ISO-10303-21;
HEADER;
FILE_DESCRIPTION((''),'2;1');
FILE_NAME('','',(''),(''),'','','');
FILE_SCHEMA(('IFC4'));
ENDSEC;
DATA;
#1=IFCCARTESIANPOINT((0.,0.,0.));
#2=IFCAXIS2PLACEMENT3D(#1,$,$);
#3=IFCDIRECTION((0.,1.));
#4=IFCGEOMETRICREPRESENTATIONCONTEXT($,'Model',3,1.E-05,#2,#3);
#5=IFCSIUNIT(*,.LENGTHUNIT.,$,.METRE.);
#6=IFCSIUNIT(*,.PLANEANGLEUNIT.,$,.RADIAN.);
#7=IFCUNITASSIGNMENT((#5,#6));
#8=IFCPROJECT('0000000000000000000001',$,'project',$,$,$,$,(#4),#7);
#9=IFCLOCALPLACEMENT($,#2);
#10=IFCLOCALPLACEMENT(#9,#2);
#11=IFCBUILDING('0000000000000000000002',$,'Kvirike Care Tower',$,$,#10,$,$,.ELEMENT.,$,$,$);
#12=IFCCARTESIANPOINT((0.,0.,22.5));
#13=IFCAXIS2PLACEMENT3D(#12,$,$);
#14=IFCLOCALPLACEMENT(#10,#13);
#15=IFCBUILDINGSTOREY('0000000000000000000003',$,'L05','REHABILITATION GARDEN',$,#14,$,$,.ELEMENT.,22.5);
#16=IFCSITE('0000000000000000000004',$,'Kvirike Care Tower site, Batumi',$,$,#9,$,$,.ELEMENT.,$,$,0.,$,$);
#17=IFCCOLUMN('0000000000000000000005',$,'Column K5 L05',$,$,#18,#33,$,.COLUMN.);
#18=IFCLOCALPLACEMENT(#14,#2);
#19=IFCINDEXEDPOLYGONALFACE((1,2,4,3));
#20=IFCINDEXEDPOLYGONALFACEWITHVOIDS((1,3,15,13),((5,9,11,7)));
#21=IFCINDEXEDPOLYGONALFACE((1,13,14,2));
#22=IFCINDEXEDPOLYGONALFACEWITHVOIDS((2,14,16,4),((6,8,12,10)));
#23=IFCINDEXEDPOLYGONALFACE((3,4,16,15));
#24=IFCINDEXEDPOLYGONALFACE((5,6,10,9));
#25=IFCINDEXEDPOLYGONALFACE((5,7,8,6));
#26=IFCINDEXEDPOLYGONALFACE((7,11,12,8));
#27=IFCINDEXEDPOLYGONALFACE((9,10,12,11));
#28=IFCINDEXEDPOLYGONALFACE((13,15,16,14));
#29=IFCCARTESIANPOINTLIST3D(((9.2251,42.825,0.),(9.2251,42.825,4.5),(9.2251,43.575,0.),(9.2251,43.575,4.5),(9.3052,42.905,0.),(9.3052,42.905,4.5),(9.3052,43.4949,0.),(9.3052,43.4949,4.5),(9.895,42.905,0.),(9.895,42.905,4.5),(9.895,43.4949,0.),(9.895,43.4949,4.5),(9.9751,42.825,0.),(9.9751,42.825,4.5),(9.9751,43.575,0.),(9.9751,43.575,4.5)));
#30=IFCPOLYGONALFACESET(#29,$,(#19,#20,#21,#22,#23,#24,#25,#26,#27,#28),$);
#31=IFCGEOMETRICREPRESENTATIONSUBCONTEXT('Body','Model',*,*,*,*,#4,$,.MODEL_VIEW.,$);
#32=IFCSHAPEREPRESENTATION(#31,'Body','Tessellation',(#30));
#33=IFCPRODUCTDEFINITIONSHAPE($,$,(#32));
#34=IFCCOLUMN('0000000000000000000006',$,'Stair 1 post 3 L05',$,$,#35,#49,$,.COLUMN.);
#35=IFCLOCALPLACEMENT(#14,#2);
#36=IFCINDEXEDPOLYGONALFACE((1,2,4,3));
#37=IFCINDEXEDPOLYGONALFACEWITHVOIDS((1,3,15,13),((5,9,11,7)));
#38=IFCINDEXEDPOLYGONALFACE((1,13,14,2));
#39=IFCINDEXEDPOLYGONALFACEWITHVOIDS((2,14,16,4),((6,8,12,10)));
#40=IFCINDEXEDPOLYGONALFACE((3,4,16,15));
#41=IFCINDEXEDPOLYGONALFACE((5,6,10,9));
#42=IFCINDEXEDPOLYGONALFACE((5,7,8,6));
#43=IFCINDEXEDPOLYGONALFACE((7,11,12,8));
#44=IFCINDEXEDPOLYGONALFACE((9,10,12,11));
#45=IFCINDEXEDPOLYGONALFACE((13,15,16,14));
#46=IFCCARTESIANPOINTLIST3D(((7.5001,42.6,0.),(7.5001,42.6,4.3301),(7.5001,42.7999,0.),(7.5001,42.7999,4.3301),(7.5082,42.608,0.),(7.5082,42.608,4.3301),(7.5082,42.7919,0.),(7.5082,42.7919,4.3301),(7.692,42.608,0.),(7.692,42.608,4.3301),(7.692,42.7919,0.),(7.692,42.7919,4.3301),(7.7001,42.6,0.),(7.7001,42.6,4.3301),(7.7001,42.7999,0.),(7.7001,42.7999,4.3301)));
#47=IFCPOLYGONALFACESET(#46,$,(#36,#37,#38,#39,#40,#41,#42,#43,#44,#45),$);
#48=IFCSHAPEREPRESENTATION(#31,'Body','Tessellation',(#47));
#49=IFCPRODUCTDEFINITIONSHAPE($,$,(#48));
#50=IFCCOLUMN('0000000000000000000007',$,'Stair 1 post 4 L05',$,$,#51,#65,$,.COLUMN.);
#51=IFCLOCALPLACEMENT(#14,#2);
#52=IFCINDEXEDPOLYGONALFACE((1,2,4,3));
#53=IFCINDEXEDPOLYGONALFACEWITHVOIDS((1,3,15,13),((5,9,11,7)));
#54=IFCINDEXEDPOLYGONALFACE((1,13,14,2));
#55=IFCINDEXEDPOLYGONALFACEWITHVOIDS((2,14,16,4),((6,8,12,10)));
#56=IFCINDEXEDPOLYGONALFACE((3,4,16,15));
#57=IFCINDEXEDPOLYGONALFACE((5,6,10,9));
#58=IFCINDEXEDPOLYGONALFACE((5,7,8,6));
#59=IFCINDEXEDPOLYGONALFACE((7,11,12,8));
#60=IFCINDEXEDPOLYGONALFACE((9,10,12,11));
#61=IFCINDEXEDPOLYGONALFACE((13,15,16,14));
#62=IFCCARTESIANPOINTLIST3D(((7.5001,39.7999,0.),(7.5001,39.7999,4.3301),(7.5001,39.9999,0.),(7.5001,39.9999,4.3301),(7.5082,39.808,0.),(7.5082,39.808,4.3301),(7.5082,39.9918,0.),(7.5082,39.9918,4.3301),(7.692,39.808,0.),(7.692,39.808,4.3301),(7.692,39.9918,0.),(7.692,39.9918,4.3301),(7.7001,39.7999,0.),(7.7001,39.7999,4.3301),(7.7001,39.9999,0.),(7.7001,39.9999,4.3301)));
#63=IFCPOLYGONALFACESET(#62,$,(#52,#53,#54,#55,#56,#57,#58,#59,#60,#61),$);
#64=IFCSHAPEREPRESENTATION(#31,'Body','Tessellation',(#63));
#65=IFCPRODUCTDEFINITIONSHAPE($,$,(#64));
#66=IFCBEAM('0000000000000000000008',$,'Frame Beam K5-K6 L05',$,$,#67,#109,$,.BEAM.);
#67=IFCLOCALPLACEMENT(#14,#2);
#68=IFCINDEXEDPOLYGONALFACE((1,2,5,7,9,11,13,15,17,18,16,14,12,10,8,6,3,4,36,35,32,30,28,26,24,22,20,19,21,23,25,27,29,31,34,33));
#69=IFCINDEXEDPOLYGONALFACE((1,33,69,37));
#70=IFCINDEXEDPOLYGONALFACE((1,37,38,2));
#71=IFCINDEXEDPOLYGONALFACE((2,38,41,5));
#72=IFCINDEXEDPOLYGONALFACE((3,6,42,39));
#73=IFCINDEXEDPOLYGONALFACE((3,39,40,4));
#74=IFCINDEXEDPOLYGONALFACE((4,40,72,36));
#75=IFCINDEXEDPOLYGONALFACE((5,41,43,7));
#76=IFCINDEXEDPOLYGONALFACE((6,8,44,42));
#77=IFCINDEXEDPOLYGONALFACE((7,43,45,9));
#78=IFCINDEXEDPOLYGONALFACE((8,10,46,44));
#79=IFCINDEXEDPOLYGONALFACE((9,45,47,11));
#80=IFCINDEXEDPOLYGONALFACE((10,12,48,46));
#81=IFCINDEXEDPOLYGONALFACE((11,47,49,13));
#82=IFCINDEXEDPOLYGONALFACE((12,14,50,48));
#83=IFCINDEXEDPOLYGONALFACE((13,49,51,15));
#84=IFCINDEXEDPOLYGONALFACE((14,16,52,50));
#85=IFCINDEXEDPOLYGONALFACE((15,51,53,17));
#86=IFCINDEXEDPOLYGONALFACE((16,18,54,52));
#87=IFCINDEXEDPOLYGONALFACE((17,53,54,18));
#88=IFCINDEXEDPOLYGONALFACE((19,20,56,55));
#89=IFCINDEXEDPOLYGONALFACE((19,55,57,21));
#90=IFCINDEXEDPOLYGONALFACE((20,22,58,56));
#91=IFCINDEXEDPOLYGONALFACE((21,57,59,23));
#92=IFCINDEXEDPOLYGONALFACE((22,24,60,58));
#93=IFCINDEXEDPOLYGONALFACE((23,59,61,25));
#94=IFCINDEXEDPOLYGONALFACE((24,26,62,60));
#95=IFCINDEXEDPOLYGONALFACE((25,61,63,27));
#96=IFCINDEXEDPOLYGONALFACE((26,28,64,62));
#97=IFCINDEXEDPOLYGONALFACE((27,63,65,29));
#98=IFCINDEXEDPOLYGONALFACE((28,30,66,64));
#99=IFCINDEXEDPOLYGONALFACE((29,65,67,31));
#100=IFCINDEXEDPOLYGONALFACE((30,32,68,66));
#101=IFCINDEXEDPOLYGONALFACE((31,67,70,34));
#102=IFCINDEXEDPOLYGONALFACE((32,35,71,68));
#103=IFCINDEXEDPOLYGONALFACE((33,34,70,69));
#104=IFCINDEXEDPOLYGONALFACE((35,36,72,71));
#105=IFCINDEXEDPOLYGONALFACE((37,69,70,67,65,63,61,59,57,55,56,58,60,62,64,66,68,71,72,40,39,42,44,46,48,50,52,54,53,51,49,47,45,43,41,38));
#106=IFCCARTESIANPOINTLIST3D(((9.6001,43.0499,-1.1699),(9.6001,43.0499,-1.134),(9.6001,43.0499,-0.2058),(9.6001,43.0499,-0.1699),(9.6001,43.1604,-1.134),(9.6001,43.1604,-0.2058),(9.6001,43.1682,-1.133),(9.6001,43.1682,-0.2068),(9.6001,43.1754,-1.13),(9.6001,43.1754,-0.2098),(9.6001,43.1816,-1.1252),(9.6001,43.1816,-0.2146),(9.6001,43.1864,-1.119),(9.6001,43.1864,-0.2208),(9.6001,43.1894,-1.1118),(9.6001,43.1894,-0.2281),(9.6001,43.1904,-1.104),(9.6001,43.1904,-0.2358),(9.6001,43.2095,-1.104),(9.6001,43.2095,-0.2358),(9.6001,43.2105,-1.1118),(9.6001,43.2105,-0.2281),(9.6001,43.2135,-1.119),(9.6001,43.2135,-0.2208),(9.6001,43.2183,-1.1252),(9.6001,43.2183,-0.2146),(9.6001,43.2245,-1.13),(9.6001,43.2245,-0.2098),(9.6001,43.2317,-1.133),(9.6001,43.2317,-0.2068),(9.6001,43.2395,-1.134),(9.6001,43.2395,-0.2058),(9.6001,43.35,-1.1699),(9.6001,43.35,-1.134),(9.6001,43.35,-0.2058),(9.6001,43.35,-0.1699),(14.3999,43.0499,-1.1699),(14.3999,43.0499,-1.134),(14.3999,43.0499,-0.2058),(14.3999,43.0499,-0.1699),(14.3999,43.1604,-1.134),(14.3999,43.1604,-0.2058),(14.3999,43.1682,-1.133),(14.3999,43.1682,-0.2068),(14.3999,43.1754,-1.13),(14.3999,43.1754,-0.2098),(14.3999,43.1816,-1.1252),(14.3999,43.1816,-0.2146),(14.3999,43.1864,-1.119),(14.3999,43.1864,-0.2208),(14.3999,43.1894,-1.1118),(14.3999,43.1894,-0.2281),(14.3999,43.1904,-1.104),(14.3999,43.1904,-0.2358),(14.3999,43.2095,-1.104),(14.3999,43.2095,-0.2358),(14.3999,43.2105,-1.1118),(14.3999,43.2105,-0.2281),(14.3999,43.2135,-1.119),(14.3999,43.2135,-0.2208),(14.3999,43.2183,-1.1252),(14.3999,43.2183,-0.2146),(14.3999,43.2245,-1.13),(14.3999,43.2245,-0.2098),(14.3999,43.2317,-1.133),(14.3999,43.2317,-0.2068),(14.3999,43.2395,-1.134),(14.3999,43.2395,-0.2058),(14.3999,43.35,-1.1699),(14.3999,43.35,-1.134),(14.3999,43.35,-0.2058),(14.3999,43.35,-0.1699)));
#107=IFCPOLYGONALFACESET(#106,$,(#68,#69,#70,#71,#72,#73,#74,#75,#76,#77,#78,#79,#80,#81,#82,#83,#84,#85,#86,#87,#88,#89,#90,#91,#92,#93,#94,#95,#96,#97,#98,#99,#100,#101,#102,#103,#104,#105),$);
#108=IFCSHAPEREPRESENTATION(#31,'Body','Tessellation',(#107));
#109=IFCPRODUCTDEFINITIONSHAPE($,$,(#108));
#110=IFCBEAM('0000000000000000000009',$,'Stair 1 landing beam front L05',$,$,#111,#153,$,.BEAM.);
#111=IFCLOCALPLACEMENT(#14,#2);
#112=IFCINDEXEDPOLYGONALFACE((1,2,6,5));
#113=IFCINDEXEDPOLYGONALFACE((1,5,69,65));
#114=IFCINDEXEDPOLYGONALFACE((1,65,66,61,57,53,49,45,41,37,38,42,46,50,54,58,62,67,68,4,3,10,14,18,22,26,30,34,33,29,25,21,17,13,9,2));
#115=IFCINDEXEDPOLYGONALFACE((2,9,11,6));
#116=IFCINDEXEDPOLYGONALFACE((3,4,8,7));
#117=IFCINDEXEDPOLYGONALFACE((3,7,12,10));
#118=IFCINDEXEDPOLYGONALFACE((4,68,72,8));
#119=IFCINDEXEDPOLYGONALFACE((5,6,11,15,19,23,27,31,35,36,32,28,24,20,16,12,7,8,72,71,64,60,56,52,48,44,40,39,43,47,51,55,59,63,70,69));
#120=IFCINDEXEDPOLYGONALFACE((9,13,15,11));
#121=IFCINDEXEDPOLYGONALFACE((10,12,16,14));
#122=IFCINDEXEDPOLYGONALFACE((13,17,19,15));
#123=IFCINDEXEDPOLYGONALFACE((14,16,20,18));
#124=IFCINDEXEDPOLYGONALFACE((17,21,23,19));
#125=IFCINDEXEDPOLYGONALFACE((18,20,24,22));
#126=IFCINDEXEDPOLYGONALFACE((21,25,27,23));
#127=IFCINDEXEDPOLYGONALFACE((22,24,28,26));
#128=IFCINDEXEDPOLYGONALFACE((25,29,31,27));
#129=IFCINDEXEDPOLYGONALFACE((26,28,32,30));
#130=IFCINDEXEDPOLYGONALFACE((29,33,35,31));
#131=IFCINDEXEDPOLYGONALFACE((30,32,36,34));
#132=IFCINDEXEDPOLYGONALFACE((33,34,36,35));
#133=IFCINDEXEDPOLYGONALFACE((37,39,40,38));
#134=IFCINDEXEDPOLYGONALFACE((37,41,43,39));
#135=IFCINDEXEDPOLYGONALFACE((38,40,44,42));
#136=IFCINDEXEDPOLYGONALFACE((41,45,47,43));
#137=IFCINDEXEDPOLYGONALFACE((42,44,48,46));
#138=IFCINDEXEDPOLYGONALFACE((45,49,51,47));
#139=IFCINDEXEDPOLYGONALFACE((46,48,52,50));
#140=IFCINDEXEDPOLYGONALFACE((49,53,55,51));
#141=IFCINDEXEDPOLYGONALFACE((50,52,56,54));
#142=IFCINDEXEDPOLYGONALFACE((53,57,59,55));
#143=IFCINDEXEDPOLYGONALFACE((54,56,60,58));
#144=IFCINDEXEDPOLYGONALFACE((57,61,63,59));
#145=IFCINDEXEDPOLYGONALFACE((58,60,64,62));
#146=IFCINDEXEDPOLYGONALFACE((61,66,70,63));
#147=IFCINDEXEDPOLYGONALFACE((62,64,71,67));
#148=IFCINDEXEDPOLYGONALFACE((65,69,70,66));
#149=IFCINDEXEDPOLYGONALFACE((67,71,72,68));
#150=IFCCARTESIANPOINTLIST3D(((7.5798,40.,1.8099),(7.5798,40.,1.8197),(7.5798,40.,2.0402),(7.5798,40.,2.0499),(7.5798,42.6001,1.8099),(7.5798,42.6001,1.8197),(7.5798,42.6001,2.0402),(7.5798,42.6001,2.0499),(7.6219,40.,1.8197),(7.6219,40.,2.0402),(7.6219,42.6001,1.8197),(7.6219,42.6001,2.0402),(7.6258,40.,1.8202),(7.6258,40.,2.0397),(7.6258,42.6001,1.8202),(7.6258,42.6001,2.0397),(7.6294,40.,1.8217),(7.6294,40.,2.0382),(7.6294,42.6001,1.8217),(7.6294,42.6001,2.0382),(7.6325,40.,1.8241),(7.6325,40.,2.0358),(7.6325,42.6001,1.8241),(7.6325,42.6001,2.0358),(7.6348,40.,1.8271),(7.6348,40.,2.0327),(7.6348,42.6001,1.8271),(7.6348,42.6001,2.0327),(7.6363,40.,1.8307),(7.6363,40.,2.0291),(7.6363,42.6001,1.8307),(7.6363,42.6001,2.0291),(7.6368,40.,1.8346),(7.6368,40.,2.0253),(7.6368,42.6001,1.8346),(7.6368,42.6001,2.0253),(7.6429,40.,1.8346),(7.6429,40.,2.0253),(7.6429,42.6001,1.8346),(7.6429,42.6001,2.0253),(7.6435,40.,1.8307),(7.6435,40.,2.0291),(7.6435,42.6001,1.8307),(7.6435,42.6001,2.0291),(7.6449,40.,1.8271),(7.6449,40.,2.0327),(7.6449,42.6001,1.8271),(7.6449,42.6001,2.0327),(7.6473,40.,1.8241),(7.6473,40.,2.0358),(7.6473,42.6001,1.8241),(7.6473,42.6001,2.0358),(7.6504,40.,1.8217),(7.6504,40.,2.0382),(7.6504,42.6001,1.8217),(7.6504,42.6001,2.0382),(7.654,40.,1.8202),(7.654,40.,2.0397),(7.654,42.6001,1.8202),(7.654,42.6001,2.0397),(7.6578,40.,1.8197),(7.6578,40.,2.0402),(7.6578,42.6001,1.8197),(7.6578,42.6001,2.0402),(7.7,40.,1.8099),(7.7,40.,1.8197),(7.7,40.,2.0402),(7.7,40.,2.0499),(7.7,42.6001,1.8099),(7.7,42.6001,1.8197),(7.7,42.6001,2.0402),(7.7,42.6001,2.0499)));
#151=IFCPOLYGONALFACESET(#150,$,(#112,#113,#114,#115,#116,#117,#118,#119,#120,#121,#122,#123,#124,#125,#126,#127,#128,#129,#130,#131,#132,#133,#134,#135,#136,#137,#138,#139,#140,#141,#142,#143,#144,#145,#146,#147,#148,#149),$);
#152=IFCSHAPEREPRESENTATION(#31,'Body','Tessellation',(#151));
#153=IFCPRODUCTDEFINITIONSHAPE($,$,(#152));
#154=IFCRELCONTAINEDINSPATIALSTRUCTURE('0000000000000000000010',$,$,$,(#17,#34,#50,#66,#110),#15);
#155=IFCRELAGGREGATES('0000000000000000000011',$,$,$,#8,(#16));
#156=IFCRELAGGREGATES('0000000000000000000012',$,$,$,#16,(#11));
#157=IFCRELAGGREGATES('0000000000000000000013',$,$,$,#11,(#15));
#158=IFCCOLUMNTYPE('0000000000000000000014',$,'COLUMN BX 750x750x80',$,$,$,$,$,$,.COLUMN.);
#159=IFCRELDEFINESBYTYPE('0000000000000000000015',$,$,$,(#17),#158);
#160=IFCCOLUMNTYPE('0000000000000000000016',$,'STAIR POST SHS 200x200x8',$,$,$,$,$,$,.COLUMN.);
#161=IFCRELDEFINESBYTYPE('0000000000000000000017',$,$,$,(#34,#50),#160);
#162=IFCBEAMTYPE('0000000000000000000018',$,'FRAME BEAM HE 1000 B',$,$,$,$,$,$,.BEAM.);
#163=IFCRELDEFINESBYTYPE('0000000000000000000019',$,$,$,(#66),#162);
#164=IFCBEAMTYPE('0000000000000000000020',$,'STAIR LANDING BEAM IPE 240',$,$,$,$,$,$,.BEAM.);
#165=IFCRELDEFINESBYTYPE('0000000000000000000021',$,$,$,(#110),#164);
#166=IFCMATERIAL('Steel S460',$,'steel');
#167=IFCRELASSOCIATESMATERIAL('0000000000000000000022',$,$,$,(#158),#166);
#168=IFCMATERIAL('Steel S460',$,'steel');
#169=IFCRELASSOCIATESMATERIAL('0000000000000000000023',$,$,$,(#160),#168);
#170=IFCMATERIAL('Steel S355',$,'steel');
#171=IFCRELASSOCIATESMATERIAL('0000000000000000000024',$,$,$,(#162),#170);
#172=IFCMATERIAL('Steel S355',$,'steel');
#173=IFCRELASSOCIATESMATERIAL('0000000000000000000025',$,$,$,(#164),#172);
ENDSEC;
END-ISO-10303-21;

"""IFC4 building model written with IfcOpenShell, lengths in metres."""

from ifc_helpers import new_model, si_unit, direction, frame, origin, origin_2d, place, context, subcontext, project, spatial, hollow_rectangle, i_section, extrude, material, material_profile, profile_set, type_object, element, save


model = new_model("IFC4")

# Units and contexts
model_context = context("Model", 3, precision=1e-05, world=origin(), true_north=direction((0.0, 1.0)))
body_context = subcontext(model_context, "Body", "Model", "MODEL_VIEW")
ifc_project = project(units=[si_unit("LENGTHUNIT", "METRE"), si_unit("PLANEANGLEUNIT", "RADIAN")], contexts=[model_context])

# Site, building, storey
site_placement = place(None, origin())
site = spatial("IfcSite", under=ifc_project, at=site_placement, Name="Kvirike Care Tower site, Batumi", CompositionType="ELEMENT", RefElevation=0.0)
building_placement = place(site_placement, origin())
building = spatial("IfcBuilding", under=site, at=building_placement, Name="Kvirike Care Tower", CompositionType="ELEMENT")
storey_placement = place(building_placement, frame((0.0, 0.0, 22.5)))
storey = spatial("IfcBuildingStorey", under=building, at=storey_placement, Name="L05", Description="REHABILITATION GARDEN", CompositionType="ELEMENT", Elevation=22.5)

# Columns
ifc_material_1 = material(Name="Steel S460", Category="steel")
ifc_material_profile_1 = material_profile(ifc_material_1, hollow_rectangle(XDim=0.75, YDim=0.75, WallThickness=0.0801, at=origin_2d()), Name="BX 750x750x80")
ifc_profile_set_1 = profile_set([ifc_material_profile_1], Name="Steel S460")
column_type_1 = type_object("IfcColumnType", Name="COLUMN BX 750x750x80", PredefinedType="COLUMN", material=ifc_profile_set_1)
column_placement = place(storey_placement, frame((9.6001, 43.2, 0.0), z_axis=(0.0, 0.0, 1.0), x_axis=(0.0, 1.0, 0.0)))
element("IfcColumn", 1, at=column_placement, inside=storey, type_object=column_type_1, Name="Column K5 L05", PredefinedType="COLUMN", context=body_context, shape_type="SweptSolid", body=[
    extrude(hollow_rectangle(XDim=0.75, YDim=0.75, WallThickness=0.0801, at=origin_2d()), origin(), (0.0, 0.0, 1.0), 4.5),
])
ifc_material_2 = material(Name="Steel S460", Category="steel")
ifc_material_profile_2 = material_profile(ifc_material_2, hollow_rectangle(XDim=0.2, YDim=0.2, WallThickness=0.0081, at=origin_2d()), Name="SHS 200x200x8")
ifc_profile_set_2 = profile_set([ifc_material_profile_2], Name="Steel S460")
column_type_2 = type_object("IfcColumnType", Name="STAIR POST SHS 200x200x8", PredefinedType="COLUMN", material=ifc_profile_set_2)
for number, where, z_axis, x_axis, name in (
    (2, (7.6001, 42.7, 0.0), (0.0, 0.0, 1.0), (1.0, 0.0, 0.0), "Stair 1 post 3 L05"),
    (3, (7.6001, 39.8999, 0.0), (0.0, 0.0, 1.0), (1.0, 0.0, 0.0), "Stair 1 post 4 L05"),
):
    element("IfcColumn", number, at=place(storey_placement, frame(where, z_axis=z_axis, x_axis=x_axis)), inside=storey, type_object=column_type_2, Name=name, PredefinedType="COLUMN", context=body_context, shape_type="SweptSolid", body=[
        extrude(hollow_rectangle(XDim=0.2, YDim=0.2, WallThickness=0.0081, at=origin_2d()), origin(), (0.0, 0.0, 1.0), 4.3301),
    ])

# Beams
ifc_material_3 = material(Name="Steel S355", Category="steel")
ifc_material_profile_3 = material_profile(ifc_material_3, i_section(OverallWidth=0.3, OverallDepth=1.0, WebThickness=0.019, FlangeThickness=0.0359, FilletRadius=0.03, at=origin_2d()), Name="HE 1000 B")
ifc_profile_set_3 = profile_set([ifc_material_profile_3], Name="Steel S355")
beam_type_1 = type_object("IfcBeamType", Name="FRAME BEAM HE 1000 B", PredefinedType="BEAM", material=ifc_profile_set_3)
beam_1_placement = place(storey_placement, frame((9.6001, 43.2, -0.6699), z_axis=(1.0, 0.0, 0.0), x_axis=(0.0, 1.0, 0.0)))
element("IfcBeam", 4, at=beam_1_placement, inside=storey, type_object=beam_type_1, Name="Frame Beam K5-K6 L05", PredefinedType="BEAM", context=body_context, shape_type="SweptSolid", body=[
    extrude(i_section(OverallWidth=0.3, OverallDepth=1.0, WebThickness=0.019, FlangeThickness=0.0359, FilletRadius=0.03, at=origin_2d()), origin(), (0.0, 0.0, 1.0), 4.7998),
])
ifc_material_4 = material(Name="Steel S355", Category="steel")
ifc_material_profile_4 = material_profile(ifc_material_4, i_section(OverallWidth=0.1201, OverallDepth=0.24, WebThickness=0.0061, FlangeThickness=0.0098, FilletRadius=0.0149, at=origin_2d()), Name="IPE 240")
ifc_profile_set_4 = profile_set([ifc_material_profile_4], Name="Steel S355")
beam_type_2 = type_object("IfcBeamType", Name="STAIR LANDING BEAM IPE 240", PredefinedType="BEAM", material=ifc_profile_set_4)
beam_2_placement = place(storey_placement, frame((7.6399, 42.6001, 1.9299), z_axis=(0.0, -1.0, 0.0), x_axis=(1.0, 0.0, 0.0)))
element("IfcBeam", 5, at=beam_2_placement, inside=storey, type_object=beam_type_2, Name="Stair 1 landing beam front L05", PredefinedType="BEAM", context=body_context, shape_type="SweptSolid", body=[
    extrude(i_section(OverallWidth=0.1201, OverallDepth=0.24, WebThickness=0.0061, FlangeThickness=0.0098, FilletRadius=0.0149, at=origin_2d()), origin(), (0.0, 0.0, 1.0), 2.6001),
])

save(model, "model.ifc")
